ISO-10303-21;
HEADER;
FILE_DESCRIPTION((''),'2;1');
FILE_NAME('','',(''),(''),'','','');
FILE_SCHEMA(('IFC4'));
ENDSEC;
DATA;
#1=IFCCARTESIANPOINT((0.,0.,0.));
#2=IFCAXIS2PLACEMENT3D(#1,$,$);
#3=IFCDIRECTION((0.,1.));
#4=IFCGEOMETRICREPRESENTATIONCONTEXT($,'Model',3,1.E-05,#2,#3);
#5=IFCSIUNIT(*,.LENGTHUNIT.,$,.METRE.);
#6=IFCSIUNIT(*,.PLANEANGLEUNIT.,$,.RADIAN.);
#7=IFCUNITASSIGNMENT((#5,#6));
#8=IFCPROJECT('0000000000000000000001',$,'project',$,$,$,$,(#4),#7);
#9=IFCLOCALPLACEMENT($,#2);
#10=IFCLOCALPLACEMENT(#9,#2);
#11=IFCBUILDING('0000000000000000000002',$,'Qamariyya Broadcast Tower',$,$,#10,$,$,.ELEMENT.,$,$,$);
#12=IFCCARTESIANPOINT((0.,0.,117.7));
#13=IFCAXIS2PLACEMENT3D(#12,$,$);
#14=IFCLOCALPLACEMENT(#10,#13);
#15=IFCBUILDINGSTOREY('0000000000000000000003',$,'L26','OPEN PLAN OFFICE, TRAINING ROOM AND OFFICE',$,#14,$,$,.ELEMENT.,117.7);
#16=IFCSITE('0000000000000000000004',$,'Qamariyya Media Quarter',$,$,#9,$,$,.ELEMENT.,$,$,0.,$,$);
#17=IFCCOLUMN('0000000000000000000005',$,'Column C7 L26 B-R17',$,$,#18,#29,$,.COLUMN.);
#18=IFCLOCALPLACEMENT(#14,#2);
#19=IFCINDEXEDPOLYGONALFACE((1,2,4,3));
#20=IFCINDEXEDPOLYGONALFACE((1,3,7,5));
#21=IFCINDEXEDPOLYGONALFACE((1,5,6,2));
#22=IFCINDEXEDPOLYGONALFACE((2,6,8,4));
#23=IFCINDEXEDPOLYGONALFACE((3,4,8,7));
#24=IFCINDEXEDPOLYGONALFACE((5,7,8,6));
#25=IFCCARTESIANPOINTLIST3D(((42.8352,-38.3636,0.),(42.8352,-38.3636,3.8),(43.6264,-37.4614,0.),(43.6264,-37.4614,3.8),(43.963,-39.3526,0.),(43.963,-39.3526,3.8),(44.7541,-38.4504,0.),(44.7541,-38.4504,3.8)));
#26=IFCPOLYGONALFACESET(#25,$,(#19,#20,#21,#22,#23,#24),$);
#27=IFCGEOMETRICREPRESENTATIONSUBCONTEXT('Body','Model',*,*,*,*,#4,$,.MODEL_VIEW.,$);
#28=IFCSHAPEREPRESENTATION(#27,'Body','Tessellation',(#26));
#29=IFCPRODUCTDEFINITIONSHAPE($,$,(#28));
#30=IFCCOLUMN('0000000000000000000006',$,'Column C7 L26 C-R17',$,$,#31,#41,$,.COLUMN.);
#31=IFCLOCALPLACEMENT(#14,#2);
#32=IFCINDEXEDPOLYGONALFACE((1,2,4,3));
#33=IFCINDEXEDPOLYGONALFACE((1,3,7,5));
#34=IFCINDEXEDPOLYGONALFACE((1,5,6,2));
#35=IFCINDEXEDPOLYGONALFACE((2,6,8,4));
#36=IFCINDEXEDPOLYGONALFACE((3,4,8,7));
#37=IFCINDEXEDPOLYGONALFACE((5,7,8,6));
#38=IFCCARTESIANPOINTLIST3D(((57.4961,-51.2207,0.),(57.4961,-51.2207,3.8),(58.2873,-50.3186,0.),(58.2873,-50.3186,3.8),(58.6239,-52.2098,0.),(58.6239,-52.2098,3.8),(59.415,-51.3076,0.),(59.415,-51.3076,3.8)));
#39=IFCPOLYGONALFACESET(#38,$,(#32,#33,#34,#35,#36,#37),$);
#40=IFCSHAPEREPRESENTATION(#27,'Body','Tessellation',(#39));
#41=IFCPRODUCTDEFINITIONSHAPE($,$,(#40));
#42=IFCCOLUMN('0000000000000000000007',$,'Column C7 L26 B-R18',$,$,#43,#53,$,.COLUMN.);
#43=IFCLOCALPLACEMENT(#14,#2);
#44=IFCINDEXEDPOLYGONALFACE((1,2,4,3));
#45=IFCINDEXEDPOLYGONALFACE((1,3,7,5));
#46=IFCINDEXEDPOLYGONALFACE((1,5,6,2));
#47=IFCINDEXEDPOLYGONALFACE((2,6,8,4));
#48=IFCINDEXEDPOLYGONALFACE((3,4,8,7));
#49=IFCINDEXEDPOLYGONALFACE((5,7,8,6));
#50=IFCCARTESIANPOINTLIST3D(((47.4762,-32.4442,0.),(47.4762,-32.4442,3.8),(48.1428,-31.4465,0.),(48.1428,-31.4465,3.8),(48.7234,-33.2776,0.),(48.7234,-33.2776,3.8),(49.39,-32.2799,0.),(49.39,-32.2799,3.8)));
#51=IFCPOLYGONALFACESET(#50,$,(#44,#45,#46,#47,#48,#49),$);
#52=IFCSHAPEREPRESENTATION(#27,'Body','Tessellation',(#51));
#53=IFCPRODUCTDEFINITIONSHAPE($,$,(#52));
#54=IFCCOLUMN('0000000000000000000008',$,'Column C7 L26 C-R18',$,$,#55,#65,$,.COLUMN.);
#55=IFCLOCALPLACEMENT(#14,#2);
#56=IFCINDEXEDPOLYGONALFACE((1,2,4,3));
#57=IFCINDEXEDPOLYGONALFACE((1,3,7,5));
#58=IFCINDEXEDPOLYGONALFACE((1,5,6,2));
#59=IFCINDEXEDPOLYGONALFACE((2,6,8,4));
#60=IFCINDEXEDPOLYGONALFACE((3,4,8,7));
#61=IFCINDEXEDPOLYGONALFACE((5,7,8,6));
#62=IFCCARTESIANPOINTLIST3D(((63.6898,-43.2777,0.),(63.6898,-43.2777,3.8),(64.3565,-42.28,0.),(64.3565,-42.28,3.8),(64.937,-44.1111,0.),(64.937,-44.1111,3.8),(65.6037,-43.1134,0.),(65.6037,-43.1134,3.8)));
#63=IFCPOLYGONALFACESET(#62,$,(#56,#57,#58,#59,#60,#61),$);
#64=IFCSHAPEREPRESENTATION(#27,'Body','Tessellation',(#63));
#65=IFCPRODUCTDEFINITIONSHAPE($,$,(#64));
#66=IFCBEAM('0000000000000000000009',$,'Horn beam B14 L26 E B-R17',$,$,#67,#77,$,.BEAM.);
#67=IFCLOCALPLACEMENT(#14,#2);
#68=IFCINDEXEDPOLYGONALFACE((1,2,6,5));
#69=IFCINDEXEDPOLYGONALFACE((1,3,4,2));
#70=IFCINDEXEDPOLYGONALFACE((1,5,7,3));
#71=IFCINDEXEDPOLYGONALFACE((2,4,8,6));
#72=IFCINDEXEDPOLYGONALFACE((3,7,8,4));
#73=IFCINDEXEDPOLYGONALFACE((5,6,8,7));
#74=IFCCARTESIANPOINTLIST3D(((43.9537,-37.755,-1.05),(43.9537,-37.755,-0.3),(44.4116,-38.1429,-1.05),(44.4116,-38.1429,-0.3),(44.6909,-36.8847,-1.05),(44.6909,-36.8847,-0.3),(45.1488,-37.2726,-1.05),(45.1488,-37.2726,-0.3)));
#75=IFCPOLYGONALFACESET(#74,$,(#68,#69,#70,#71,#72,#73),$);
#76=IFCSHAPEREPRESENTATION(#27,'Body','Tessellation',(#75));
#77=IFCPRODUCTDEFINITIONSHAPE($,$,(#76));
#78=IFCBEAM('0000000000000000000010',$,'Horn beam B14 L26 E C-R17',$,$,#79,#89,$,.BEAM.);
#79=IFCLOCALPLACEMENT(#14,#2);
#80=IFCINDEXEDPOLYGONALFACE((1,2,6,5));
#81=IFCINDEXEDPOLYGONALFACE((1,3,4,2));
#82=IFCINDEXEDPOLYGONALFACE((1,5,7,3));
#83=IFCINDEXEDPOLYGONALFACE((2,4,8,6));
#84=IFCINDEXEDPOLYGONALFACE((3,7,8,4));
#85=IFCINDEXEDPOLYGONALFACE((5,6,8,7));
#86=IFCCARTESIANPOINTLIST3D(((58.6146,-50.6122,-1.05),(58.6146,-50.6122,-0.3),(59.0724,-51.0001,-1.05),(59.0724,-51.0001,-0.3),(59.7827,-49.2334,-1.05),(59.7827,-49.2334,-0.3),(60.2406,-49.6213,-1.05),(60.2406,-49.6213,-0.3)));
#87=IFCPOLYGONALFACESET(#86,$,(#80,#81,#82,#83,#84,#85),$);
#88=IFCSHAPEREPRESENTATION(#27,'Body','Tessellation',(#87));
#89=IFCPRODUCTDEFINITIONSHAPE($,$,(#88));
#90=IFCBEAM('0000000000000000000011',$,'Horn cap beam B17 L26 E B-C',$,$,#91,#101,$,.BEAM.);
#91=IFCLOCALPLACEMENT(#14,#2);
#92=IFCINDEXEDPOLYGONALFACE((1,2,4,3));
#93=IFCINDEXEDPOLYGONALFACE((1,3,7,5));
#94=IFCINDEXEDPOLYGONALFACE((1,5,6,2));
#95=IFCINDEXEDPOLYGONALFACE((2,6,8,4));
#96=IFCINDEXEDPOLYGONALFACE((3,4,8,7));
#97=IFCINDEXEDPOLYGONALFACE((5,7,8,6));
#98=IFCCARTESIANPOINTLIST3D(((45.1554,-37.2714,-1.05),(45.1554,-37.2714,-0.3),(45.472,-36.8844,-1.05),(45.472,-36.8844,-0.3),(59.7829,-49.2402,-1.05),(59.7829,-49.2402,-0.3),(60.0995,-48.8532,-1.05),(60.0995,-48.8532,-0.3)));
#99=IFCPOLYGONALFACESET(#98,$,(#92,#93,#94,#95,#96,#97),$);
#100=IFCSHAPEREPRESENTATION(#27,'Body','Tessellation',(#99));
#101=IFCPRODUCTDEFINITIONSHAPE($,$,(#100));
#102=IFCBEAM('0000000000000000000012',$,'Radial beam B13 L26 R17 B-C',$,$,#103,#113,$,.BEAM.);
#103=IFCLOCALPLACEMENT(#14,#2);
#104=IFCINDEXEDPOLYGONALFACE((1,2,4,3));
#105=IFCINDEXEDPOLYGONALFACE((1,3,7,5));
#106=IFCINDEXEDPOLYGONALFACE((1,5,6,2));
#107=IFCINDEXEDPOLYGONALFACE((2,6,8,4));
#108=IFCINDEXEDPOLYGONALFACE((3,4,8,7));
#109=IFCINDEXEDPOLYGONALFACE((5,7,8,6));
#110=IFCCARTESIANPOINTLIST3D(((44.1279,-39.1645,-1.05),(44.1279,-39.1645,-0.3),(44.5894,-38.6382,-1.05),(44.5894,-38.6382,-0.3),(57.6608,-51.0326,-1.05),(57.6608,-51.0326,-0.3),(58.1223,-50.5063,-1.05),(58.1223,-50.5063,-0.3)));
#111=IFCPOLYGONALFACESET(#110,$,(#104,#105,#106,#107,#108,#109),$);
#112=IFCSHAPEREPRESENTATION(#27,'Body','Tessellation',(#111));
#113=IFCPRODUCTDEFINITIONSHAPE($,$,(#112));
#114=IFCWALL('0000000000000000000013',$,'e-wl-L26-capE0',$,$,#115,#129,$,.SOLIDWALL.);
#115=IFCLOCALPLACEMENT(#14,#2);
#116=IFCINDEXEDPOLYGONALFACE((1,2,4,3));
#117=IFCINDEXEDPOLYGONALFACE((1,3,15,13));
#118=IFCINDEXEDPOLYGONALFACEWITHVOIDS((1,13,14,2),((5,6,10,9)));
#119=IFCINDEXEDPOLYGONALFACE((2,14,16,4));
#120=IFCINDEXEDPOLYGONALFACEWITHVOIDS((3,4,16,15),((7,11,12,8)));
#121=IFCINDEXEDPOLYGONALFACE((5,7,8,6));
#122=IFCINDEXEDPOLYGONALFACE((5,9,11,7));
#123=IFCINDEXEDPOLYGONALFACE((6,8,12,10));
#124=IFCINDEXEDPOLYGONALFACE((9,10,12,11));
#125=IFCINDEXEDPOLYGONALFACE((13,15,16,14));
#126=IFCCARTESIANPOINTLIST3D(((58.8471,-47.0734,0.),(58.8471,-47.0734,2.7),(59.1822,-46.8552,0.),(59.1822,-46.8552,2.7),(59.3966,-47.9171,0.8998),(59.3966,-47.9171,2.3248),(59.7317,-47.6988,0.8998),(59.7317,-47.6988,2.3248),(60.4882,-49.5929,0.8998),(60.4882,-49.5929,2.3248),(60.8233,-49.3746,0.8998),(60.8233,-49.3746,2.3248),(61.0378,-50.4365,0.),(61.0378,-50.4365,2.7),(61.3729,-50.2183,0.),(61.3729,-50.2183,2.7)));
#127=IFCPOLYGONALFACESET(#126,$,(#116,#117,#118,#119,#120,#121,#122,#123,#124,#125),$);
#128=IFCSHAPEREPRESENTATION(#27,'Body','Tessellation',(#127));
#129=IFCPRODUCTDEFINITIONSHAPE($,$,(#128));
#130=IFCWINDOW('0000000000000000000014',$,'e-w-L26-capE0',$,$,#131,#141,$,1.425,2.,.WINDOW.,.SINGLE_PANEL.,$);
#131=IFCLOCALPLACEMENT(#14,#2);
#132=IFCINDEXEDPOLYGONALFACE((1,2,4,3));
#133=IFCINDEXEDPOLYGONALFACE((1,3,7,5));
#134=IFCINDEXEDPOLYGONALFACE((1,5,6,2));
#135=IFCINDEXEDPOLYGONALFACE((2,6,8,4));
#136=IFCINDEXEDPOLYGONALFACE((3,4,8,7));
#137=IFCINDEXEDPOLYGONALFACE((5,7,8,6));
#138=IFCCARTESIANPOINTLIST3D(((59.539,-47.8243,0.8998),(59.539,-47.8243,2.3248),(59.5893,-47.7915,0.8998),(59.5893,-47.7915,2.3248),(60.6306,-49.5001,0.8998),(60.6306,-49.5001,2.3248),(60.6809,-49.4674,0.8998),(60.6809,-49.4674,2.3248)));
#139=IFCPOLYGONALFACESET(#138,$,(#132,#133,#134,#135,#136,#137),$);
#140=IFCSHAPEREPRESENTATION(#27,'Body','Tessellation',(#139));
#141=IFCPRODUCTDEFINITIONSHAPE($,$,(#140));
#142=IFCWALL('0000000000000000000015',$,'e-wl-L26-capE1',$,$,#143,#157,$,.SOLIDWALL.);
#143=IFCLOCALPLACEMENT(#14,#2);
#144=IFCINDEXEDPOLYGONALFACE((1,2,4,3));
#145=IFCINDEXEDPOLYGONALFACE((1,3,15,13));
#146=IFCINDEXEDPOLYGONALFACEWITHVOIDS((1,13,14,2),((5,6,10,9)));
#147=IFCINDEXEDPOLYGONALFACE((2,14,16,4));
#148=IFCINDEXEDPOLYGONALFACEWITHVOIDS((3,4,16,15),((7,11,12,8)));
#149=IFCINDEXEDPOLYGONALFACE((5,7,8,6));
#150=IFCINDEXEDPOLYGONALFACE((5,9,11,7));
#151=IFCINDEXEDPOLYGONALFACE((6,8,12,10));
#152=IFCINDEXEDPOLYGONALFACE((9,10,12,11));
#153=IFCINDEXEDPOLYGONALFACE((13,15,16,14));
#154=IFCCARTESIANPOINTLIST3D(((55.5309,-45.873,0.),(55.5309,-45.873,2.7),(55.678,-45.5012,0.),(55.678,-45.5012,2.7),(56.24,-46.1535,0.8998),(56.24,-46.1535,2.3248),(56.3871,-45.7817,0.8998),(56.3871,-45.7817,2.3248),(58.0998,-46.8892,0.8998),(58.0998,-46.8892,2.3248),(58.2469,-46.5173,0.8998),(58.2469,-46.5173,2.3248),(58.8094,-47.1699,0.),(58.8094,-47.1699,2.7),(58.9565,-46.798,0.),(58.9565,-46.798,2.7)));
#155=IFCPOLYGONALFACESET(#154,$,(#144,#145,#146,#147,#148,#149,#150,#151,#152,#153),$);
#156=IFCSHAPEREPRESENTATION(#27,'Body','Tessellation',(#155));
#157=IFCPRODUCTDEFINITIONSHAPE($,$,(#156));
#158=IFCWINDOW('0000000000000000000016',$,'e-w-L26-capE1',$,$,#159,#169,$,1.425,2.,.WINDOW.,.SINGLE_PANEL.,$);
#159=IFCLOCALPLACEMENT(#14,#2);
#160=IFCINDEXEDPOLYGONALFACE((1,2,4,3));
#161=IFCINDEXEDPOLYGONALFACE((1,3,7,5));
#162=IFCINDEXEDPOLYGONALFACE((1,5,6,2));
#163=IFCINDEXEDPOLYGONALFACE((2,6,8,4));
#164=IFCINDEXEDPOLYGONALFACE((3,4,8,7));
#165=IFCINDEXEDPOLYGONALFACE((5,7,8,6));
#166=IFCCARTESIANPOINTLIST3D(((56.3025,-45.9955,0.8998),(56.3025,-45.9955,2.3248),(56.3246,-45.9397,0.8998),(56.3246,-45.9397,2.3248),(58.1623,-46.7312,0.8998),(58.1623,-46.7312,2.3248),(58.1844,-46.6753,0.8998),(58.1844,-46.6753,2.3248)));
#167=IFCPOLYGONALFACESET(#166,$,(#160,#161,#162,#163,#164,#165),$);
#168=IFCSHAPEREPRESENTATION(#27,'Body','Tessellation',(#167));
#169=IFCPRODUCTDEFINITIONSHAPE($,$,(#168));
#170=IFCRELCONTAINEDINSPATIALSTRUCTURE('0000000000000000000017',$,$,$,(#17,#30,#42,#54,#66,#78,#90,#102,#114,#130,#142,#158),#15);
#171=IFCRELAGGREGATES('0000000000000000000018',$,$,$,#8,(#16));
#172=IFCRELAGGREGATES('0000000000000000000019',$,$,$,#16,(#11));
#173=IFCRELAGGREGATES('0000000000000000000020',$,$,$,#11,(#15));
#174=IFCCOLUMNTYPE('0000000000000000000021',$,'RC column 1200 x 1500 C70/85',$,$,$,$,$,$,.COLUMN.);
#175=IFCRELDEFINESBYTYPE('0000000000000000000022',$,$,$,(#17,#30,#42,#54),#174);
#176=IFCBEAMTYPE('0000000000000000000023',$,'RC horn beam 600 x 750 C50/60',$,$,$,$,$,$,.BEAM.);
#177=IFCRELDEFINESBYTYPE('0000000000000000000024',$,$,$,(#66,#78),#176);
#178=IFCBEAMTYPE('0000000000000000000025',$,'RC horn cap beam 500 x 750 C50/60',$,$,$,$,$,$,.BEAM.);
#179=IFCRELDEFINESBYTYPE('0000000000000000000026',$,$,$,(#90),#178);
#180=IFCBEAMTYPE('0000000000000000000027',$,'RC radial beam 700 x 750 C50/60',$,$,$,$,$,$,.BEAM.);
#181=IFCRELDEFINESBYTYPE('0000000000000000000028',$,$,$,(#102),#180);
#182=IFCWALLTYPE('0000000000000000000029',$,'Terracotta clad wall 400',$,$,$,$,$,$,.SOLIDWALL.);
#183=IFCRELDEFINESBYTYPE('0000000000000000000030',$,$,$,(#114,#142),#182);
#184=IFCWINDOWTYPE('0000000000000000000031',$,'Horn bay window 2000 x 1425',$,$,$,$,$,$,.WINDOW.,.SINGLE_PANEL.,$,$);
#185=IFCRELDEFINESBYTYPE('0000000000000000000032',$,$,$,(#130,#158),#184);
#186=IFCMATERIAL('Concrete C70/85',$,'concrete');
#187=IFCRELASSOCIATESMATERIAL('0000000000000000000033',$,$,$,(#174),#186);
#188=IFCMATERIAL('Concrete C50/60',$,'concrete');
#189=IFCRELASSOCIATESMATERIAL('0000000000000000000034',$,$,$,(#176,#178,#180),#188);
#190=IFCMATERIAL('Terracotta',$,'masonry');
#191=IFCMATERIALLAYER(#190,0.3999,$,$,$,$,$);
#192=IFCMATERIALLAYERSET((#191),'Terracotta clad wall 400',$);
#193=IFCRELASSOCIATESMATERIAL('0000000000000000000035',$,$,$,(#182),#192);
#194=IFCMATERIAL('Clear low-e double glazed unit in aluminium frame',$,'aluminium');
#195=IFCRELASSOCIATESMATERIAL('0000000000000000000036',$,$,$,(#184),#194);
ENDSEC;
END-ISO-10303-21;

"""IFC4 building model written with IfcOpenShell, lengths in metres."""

from ifc_helpers import new_model, si_unit, direction, frame, frame_2d, origin, origin_2d, place, context, subcontext, project, spatial, rectangle, extrude, material, layer, layer_set, material_profile, profile_set, type_object, element, fill, save


model = new_model("IFC4")

# Units and contexts
model_context = context("Model", 3, precision=1e-05, world=origin(), true_north=direction((0.0, 1.0)))
body_context = subcontext(model_context, "Body", "Model", "MODEL_VIEW")
ifc_project = project(units=[si_unit("LENGTHUNIT", "METRE"), si_unit("PLANEANGLEUNIT", "RADIAN")], contexts=[model_context])

# Site, building, storey
site_placement = place(None, origin())
site = spatial("IfcSite", under=ifc_project, at=site_placement, Name="Qamariyya Media Quarter", CompositionType="ELEMENT", RefElevation=0.0)
building_placement = place(site_placement, origin())
building = spatial("IfcBuilding", under=site, at=building_placement, Name="Qamariyya Broadcast Tower", CompositionType="ELEMENT")
storey_placement = place(building_placement, frame((0.0, 0.0, 117.7)))
storey = spatial("IfcBuildingStorey", under=building, at=storey_placement, Name="L26", Description="OPEN PLAN OFFICE, TRAINING ROOM AND OFFICE", CompositionType="ELEMENT", Elevation=117.7)

# Columns
ifc_material_1 = material(Name="Concrete C70/85", Category="concrete")
ifc_material_profile_1 = material_profile(ifc_material_1, rectangle(XDim=1.2, YDim=1.5, at=origin_2d()))
ifc_profile_set_1 = profile_set([ifc_material_profile_1], Name="Concrete C70/85")
column_type = type_object("IfcColumnType", Name="RC column 1200 x 1500 C70/85", PredefinedType="COLUMN", material=ifc_profile_set_1)
for number, where, z_axis, x_axis, name in (
    (1, (43.7947, -38.407, 0.0), (0.0, 0.0, 1.0), (0.659346, 0.75184, 0.0), "Column C7 L26 B-R17"),
    (2, (58.4556, -51.2642, 0.0), (0.0, 0.0, 1.0), (0.659346, 0.75184, 0.0), "Column C7 L26 C-R17"),
    (3, (48.4331, -32.3621, 0.0), (0.0, 0.0, 1.0), (0.55557, 0.83147, 0.0), "Column C7 L26 B-R18"),
    (4, (64.6467, -43.1956, 0.0), (0.0, 0.0, 1.0), (0.55557, 0.83147, 0.0), "Column C7 L26 C-R18"),
):
    element("IfcColumn", number, at=place(storey_placement, frame(where, z_axis=z_axis, x_axis=x_axis)), inside=storey, type_object=column_type, Name=name, PredefinedType="COLUMN", context=body_context, shape_type="SweptSolid", body=[
        extrude(rectangle(XDim=1.2, YDim=1.5, at=origin_2d()), origin(), (0.0, 0.0, 1.0), 3.8),
    ])

# Beams
ifc_material_2 = material(Name="Concrete C50/60", Category="concrete")
ifc_material_profile_2 = material_profile(ifc_material_2, rectangle(XDim=0.6001, YDim=0.75, at=origin_2d()))
ifc_profile_set_2 = profile_set([ifc_material_profile_2], Name="Concrete C50/60")
beam_type_1 = type_object("IfcBeamType", Name="RC horn beam 600 x 750 C50/60", PredefinedType="BEAM", material=ifc_profile_set_2)
beam_1_placement = place(storey_placement, frame((44.1826, -37.949, -0.675), z_axis=(0.646374, 0.763021, 0.0), x_axis=(-0.763021, 0.646374, 0.0)))
element("IfcBeam", 5, at=beam_1_placement, inside=storey, type_object=beam_type_1, Name="Horn beam B14 L26 E B-R17", PredefinedType="BEAM", context=body_context, shape_type="SweptSolid", body=[
    extrude(rectangle(XDim=0.6001, YDim=0.75, at=origin_2d()), origin(), (0.0, 0.0, 1.0), 1.1406),
])
beam_2_placement = place(storey_placement, frame((58.8435, -50.8062, -0.675), z_axis=(0.646408, 0.762992, 0.0), x_axis=(-0.762992, 0.646408, 0.0)))
element("IfcBeam", 6, at=beam_2_placement, inside=storey, type_object=beam_type_1, Name="Horn beam B14 L26 E C-R17", PredefinedType="BEAM", context=body_context, shape_type="SweptSolid", body=[
    extrude(rectangle(XDim=0.6001, YDim=0.75, at=origin_2d()), origin(), (0.0, 0.0, 1.0), 1.8071),
])
ifc_material_profile_3 = material_profile(ifc_material_2, rectangle(XDim=0.5, YDim=0.75, at=origin_2d()))
ifc_profile_set_3 = profile_set([ifc_material_profile_3], Name="Concrete C50/60")
beam_type_2 = type_object("IfcBeamType", Name="RC horn cap beam 500 x 750 C50/60", PredefinedType="BEAM", material=ifc_profile_set_3)
beam_3_placement = place(storey_placement, frame((45.3137, -37.0779, -0.675), z_axis=(0.773935, -0.633265, 0.0), x_axis=(0.633265, 0.773935, 0.0)))
element("IfcBeam", 7, at=beam_3_placement, inside=storey, type_object=beam_type_2, Name="Horn cap beam B17 L26 E B-C", PredefinedType="BEAM", context=body_context, shape_type="SweptSolid", body=[
    extrude(rectangle(XDim=0.5, YDim=0.75, at=origin_2d()), origin(), (0.0, 0.0, 1.0), 18.9001),
])
ifc_material_profile_4 = material_profile(ifc_material_2, rectangle(XDim=0.7, YDim=0.75, at=origin_2d()))
ifc_profile_set_4 = profile_set([ifc_material_profile_4], Name="Concrete C50/60")
beam_type_3 = type_object("IfcBeamType", Name="RC radial beam 700 x 750 C50/60", PredefinedType="BEAM", material=ifc_profile_set_4)
beam_4_placement = place(storey_placement, frame((44.3586, -38.9014, -0.675), z_axis=(0.751838, -0.659348, 0.0), x_axis=(0.659348, 0.751838, 0.0)))
element("IfcBeam", 8, at=beam_4_placement, inside=storey, type_object=beam_type_3, Name="Radial beam B13 L26 R17 B-C", PredefinedType="BEAM", context=body_context, shape_type="SweptSolid", body=[
    extrude(rectangle(XDim=0.7, YDim=0.75, at=origin_2d()), origin(), (0.0, 0.0, 1.0), 17.9998),
])

# Walls, openings, windows
ifc_material_3 = material(Name="Terracotta", Category="masonry")
ifc_layer = layer(ifc_material_3, 0.3999)
ifc_layer_set = layer_set([ifc_layer], Name="Terracotta clad wall 400")
wall_type = type_object("IfcWallType", Name="Terracotta clad wall 400", PredefinedType="SOLIDWALL", material=ifc_layer_set)
wall_1_placement = place(storey_placement, frame((61.2053, -50.3274, 0.0), z_axis=(0.0, 0.0, 1.0), x_axis=(-0.545811, 0.837908, 0.0)))
wall_1 = element("IfcWall", 9, at=wall_1_placement, inside=storey, type_object=wall_type, Name="e-wl-L26-capE0", PredefinedType="SOLIDWALL", context=body_context, shape_type="SweptSolid", body=[
    extrude(rectangle(XDim=4.0137, YDim=0.3999, at=frame_2d((2.0068, 0.0))), origin(), (0.0, 0.0, 1.0), 2.7),
])
opening_1_placement = place(wall_1_placement, frame((1.0068, 0.0, 0.8999)))
opening_1 = element("IfcOpeningElement", 10, at=opening_1_placement, cuts=wall_1, PredefinedType="OPENING", context=body_context, shape_type="SweptSolid", body=[
    extrude(rectangle(XDim=2.0, YDim=1.425, at=frame_2d((1.0, 0.7124))), frame((0.0, 0.21, 0.0), z_axis=(0.0, -1.0, 0.0), x_axis=(1.0, 0.0, 0.0)), (0.0, 0.0, 1.0), 0.4199),
])
ifc_material_4 = material(Name="Clear low-e double glazed unit in aluminium frame", Category="aluminium")
window_type = type_object("IfcWindowType", Name="Horn bay window 2000 x 1425", PartitioningType="SINGLE_PANEL", PredefinedType="WINDOW", material=ifc_material_4)
window_1_placement = place(opening_1_placement, origin())
window_1 = element("IfcWindow", 11, at=window_1_placement, inside=storey, type_object=window_type, Name="e-w-L26-capE0", OverallHeight=1.425, OverallWidth=2.0, PartitioningType="SINGLE_PANEL", PredefinedType="WINDOW", context=body_context, shape_type="SweptSolid", body=[
    extrude(rectangle(XDim=2.0, YDim=1.425, at=frame_2d((1.0, 0.7124))), frame((0.0, 0.03, 0.0), z_axis=(0.0, -1.0, 0.0), x_axis=(1.0, 0.0, 0.0)), (0.0, 0.0, 1.0), 0.0601),
])
fill(opening_1, window_1)
wall_2_placement = place(storey_placement, frame((58.8828, -46.9839, 0.0), z_axis=(0.0, 0.0, 1.0), x_axis=(-0.929893, 0.36783, 0.0)))
wall_2 = element("IfcWall", 12, at=wall_2_placement, inside=storey, type_object=wall_type, Name="e-wl-L26-capE1", PredefinedType="SOLIDWALL", context=body_context, shape_type="SweptSolid", body=[
    extrude(rectangle(XDim=3.5256, YDim=0.3999, at=frame_2d((1.7627, 0.0))), origin(), (0.0, 0.0, 1.0), 2.7),
])
opening_2_placement = place(wall_2_placement, frame((0.7629, 0.0, 0.8999)))
opening_2 = element("IfcOpeningElement", 13, at=opening_2_placement, cuts=wall_2, PredefinedType="OPENING", context=body_context, shape_type="SweptSolid", body=[
    extrude(rectangle(XDim=2.0, YDim=1.425, at=frame_2d((1.0, 0.7124))), frame((0.0, 0.21, 0.0), z_axis=(0.0, -1.0, 0.0), x_axis=(1.0, 0.0, 0.0)), (0.0, 0.0, 1.0), 0.4199),
])
window_2_placement = place(opening_2_placement, origin())
window_2 = element("IfcWindow", 14, at=window_2_placement, inside=storey, type_object=window_type, Name="e-w-L26-capE1", OverallHeight=1.425, OverallWidth=2.0, PartitioningType="SINGLE_PANEL", PredefinedType="WINDOW", context=body_context, shape_type="SweptSolid", body=[
    extrude(rectangle(XDim=2.0, YDim=1.425, at=frame_2d((1.0, 0.7124))), frame((0.0, 0.03, 0.0), z_axis=(0.0, -1.0, 0.0), x_axis=(1.0, 0.0, 0.0)), (0.0, 0.0, 1.0), 0.0601),
])
fill(opening_2, window_2)

save(model, "model.ifc")
